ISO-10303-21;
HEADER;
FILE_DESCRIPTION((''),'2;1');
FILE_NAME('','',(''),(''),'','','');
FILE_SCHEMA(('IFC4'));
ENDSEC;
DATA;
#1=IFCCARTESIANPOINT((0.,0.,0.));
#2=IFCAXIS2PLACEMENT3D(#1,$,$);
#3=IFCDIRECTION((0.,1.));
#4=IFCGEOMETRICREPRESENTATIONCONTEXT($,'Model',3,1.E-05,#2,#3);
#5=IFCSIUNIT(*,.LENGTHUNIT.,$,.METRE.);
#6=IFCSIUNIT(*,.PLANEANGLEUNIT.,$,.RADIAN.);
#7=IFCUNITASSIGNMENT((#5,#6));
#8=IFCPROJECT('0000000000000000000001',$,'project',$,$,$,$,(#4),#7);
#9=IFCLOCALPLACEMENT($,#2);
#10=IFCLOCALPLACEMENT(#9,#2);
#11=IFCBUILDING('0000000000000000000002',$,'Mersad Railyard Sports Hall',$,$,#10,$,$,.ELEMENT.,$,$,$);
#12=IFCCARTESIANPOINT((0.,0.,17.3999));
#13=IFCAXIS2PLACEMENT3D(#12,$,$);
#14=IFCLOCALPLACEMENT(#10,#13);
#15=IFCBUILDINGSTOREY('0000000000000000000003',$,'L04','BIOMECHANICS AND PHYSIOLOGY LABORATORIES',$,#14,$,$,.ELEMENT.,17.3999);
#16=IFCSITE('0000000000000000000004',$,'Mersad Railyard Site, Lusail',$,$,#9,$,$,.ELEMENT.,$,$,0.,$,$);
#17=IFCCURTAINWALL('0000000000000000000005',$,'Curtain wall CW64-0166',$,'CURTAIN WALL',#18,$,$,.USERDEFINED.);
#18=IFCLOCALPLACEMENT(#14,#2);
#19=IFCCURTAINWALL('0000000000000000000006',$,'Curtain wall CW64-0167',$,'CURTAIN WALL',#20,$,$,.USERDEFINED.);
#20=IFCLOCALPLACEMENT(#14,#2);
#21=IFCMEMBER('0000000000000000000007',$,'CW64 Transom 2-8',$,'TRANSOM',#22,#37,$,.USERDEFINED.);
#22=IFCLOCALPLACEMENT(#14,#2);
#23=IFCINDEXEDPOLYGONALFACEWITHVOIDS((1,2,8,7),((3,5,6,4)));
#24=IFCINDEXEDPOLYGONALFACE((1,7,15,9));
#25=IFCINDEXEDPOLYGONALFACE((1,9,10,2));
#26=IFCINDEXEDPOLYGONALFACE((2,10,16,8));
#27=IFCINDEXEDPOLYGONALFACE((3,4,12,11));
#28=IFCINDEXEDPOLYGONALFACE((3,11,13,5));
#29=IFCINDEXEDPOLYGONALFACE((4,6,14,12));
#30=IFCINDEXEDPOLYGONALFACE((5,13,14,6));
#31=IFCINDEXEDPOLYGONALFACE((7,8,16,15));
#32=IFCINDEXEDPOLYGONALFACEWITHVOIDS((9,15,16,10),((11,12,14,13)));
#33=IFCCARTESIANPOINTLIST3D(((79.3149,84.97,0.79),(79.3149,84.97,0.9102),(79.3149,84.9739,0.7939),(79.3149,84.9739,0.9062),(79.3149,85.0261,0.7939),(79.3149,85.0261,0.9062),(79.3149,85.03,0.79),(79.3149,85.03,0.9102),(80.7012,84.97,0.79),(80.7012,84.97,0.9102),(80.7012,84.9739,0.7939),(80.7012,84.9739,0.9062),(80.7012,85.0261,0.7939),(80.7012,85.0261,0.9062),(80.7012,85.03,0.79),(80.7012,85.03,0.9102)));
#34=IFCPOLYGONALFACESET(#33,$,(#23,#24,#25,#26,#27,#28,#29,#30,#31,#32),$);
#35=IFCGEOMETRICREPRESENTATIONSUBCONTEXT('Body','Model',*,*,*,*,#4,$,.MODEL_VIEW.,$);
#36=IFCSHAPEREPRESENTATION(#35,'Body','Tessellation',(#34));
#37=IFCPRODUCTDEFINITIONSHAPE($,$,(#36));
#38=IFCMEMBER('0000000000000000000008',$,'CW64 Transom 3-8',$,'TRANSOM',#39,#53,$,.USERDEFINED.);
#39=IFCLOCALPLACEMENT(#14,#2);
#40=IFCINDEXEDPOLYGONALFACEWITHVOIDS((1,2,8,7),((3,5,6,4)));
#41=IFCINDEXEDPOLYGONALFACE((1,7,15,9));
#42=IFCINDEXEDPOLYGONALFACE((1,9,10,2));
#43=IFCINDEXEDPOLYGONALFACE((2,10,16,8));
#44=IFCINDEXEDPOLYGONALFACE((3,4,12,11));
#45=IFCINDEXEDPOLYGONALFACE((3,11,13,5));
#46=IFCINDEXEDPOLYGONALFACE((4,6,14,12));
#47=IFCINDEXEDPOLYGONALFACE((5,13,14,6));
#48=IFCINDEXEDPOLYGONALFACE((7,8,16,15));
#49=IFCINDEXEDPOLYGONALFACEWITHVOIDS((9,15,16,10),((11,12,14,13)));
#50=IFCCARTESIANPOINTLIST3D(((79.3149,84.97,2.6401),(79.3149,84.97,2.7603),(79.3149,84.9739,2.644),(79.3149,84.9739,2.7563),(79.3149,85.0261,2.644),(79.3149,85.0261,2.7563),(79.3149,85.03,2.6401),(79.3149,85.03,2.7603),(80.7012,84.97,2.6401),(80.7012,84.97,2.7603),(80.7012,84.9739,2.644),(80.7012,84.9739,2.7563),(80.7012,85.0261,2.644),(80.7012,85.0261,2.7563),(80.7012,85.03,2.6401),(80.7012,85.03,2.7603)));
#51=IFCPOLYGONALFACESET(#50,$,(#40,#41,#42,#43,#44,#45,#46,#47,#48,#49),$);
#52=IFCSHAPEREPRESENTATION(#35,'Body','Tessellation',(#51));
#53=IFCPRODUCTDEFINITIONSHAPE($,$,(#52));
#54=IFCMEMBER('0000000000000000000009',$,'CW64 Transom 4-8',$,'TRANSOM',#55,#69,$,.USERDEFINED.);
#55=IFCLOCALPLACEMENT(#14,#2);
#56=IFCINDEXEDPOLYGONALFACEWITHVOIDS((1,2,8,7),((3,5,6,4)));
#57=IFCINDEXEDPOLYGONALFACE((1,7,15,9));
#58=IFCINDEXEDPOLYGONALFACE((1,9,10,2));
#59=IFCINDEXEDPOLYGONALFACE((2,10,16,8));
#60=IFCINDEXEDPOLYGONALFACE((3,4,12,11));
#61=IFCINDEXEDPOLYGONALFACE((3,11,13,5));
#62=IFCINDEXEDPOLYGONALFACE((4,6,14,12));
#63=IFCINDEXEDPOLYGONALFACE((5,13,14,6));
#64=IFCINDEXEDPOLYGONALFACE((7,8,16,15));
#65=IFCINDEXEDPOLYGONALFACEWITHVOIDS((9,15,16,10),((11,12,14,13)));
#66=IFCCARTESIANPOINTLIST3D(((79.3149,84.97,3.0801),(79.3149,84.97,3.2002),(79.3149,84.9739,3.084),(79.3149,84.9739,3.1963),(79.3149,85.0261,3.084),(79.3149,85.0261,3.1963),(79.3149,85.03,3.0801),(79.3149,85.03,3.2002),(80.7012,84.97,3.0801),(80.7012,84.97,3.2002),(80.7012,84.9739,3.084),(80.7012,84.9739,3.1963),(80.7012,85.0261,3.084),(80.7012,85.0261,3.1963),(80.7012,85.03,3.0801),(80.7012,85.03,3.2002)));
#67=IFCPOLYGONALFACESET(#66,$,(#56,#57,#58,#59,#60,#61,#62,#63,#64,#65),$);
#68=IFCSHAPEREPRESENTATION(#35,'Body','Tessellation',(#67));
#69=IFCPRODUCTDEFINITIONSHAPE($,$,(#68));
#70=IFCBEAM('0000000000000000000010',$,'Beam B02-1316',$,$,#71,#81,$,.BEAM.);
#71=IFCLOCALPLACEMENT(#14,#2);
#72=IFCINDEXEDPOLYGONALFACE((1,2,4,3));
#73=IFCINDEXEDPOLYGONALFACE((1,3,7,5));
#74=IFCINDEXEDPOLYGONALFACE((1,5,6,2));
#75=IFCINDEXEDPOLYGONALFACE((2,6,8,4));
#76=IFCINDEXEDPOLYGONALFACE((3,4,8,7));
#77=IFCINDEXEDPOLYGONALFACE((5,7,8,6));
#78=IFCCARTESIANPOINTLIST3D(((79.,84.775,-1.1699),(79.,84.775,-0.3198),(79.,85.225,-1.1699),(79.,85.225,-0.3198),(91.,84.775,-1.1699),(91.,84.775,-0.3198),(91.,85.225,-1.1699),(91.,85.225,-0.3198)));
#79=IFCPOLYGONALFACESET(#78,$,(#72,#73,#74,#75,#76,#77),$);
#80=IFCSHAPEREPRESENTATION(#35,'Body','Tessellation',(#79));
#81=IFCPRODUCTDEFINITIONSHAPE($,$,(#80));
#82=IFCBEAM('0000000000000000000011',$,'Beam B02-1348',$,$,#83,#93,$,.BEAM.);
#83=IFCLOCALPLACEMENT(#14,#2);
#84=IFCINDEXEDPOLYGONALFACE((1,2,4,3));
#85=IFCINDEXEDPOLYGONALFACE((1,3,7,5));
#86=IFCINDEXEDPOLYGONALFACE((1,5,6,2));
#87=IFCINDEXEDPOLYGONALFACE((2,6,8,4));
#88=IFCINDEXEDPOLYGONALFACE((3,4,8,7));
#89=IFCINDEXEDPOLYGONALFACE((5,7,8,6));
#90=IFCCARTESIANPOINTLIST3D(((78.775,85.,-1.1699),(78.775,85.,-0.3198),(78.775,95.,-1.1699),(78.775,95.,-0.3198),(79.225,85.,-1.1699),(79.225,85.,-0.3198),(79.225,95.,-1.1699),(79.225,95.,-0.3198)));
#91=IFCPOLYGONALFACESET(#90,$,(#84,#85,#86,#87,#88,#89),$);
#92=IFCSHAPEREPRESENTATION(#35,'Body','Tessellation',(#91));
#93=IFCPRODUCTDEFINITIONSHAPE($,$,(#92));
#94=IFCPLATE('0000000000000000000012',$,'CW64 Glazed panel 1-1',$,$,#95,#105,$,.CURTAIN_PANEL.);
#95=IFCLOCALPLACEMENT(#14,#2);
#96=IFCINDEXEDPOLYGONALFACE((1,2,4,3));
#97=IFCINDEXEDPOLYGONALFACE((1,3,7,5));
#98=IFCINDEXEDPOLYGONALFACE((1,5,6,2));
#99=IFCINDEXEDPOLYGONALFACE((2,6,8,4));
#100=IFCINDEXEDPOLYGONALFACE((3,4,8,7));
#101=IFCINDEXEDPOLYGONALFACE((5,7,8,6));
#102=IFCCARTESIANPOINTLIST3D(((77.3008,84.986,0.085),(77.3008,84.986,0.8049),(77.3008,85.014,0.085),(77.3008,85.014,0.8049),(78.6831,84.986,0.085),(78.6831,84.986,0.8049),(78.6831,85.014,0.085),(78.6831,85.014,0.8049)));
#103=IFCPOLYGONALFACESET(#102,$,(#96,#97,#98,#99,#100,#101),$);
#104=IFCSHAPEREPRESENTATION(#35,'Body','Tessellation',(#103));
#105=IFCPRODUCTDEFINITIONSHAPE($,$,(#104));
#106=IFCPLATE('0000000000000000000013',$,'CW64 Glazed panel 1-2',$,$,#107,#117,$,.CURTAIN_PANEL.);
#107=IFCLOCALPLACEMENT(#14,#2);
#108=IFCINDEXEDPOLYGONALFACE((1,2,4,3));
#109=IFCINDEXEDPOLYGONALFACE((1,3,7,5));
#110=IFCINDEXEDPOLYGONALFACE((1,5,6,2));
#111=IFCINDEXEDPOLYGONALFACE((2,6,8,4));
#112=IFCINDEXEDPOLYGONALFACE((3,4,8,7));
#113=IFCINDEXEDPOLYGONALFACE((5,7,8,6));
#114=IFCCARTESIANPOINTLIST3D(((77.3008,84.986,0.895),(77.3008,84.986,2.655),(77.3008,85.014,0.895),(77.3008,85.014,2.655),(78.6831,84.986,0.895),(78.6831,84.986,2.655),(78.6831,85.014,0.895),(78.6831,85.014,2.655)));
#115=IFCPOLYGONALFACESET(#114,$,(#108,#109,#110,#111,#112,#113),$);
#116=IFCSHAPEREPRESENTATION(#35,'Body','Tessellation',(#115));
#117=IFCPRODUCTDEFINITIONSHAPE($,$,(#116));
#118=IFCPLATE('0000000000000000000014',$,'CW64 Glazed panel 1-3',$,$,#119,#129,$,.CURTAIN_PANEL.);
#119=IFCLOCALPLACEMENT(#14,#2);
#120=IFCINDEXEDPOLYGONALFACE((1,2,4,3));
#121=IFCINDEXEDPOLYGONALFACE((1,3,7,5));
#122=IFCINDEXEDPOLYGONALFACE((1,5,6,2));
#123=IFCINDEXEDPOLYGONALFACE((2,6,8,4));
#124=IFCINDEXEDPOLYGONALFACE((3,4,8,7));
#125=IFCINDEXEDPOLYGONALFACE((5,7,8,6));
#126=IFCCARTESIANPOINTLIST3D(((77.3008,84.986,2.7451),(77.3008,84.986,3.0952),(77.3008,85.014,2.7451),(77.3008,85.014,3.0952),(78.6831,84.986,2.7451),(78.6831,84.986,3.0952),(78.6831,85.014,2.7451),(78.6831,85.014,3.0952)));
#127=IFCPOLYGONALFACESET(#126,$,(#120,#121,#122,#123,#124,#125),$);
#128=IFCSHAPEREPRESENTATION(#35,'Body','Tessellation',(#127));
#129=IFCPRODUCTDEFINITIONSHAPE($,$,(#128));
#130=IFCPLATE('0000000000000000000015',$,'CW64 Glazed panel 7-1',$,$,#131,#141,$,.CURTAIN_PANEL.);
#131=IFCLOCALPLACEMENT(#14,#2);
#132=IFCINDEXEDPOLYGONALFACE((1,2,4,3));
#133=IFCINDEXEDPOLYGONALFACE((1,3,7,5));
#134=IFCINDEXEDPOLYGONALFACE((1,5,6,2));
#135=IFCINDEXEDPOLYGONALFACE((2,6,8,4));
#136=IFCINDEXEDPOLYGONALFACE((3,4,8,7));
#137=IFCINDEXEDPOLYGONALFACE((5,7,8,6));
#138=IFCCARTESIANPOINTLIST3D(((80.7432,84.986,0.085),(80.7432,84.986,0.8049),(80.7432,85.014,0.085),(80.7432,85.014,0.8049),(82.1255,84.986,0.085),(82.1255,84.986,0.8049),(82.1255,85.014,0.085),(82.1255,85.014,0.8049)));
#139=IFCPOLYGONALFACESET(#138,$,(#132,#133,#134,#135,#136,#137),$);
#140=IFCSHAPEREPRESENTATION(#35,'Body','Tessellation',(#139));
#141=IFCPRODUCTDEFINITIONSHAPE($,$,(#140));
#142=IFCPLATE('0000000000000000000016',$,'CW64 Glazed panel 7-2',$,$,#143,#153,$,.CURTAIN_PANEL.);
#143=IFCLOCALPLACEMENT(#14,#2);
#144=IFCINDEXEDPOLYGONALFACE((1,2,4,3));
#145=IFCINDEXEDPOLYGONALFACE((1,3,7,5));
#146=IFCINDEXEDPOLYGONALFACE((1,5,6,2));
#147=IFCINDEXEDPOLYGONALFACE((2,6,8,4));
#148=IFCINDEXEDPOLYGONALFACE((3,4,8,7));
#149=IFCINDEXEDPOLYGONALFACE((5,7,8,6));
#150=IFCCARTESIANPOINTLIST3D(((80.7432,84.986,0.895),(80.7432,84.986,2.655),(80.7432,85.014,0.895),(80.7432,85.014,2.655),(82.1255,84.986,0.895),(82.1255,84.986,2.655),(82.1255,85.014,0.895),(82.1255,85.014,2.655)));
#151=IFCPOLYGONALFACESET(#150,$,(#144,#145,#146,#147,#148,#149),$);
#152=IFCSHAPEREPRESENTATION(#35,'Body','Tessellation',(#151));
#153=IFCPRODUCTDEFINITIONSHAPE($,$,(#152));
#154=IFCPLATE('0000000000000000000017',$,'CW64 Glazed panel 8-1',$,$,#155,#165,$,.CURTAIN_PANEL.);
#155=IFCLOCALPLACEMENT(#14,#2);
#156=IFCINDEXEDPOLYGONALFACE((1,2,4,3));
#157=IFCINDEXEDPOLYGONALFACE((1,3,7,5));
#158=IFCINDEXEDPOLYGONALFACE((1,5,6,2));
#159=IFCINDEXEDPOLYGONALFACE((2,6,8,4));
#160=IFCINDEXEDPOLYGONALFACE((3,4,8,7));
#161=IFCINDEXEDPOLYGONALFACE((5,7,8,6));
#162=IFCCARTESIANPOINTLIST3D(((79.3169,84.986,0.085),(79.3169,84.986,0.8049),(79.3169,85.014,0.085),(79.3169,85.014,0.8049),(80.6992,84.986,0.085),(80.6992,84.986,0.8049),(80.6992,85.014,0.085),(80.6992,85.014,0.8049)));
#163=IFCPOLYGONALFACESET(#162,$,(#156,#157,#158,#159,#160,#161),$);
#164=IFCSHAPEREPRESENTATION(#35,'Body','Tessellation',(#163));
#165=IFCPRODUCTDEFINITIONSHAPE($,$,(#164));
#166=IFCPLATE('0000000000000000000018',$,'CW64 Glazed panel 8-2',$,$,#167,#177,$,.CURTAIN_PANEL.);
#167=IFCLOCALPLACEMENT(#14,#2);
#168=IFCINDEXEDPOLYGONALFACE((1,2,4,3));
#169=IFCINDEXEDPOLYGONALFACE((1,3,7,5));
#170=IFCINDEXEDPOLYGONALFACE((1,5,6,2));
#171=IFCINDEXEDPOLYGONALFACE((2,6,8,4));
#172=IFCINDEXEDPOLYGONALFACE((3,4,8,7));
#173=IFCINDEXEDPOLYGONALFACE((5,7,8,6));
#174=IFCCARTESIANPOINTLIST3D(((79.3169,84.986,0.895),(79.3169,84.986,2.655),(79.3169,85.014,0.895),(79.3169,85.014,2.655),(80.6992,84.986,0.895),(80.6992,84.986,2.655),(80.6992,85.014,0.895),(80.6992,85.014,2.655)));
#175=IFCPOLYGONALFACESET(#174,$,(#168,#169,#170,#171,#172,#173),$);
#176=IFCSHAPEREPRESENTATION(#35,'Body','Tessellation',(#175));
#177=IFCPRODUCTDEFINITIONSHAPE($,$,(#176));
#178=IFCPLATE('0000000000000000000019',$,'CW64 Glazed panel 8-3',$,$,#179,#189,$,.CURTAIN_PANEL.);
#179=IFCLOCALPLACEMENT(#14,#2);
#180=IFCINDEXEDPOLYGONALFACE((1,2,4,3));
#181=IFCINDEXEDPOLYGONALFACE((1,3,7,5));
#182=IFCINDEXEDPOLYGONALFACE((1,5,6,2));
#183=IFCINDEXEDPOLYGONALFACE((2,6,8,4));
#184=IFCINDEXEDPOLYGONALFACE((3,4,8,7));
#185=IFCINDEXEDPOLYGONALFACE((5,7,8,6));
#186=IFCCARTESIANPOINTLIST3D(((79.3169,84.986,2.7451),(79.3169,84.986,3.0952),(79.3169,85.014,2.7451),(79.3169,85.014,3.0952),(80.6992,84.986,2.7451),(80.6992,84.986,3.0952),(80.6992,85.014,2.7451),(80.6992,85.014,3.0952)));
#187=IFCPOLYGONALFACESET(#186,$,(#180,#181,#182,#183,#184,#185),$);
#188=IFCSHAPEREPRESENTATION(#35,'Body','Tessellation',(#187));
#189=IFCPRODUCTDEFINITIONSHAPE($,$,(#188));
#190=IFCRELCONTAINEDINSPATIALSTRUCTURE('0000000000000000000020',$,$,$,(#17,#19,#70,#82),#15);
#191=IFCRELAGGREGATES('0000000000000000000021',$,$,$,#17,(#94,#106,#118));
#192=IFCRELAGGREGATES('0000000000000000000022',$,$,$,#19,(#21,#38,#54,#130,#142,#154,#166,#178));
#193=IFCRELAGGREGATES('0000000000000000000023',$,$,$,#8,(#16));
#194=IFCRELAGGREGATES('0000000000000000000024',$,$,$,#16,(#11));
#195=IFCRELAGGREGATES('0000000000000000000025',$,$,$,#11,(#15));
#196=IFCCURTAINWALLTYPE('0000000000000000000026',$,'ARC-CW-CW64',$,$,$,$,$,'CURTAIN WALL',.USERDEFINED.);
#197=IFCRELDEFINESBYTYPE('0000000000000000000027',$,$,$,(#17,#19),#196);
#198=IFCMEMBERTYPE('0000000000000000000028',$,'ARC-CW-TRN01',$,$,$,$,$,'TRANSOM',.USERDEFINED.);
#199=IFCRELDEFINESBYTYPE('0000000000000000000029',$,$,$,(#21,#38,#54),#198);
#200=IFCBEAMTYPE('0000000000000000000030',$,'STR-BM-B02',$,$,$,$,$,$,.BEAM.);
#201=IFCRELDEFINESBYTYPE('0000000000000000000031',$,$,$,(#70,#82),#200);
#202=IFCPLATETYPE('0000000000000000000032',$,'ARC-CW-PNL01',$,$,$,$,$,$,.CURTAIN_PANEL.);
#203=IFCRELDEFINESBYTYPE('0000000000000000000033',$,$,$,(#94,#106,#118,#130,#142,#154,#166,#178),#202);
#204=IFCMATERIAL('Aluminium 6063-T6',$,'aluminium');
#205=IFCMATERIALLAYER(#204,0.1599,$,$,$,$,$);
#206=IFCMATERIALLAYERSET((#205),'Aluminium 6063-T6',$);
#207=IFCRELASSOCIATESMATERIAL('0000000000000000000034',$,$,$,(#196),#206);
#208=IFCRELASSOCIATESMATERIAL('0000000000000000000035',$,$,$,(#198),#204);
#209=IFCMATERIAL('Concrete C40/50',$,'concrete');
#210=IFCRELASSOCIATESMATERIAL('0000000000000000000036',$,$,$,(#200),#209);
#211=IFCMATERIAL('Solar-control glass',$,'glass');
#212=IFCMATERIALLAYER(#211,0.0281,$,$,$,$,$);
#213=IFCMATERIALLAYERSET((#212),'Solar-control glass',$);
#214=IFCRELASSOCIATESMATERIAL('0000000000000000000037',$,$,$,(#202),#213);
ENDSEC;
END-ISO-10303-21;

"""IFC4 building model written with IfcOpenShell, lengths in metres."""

from ifc_helpers import new_model, si_unit, direction, frame, origin, origin_2d, place, context, subcontext, project, spatial, rectangle, hollow_rectangle, extrude, material, layer, layer_set, material_profile, profile_set, type_object, element, aggregate, save


model = new_model("IFC4")

# Units and contexts
model_context = context("Model", 3, precision=1e-05, world=origin(), true_north=direction((0.0, 1.0)))
body_context = subcontext(model_context, "Body", "Model", "MODEL_VIEW")
ifc_project = project(units=[si_unit("LENGTHUNIT", "METRE"), si_unit("PLANEANGLEUNIT", "RADIAN")], contexts=[model_context])

# Site, building, storey
site_placement = place(None, origin())
site = spatial("IfcSite", under=ifc_project, at=site_placement, Name="Mersad Railyard Site, Lusail", CompositionType="ELEMENT", RefElevation=0.0)
building_placement = place(site_placement, origin())
building = spatial("IfcBuilding", under=site, at=building_placement, Name="Mersad Railyard Sports Hall", CompositionType="ELEMENT")
storey_placement = place(building_placement, frame((0.0, 0.0, 17.3999)))
storey = spatial("IfcBuildingStorey", under=building, at=storey_placement, Name="L04", Description="BIOMECHANICS AND PHYSIOLOGY LABORATORIES", CompositionType="ELEMENT", Elevation=17.3999)

# Shared definitions
ifc_material_1 = material(Name="Concrete C40/50", Category="concrete")

# Curtain walls
ifc_material_2 = material(Name="Aluminium 6063-T6", Category="aluminium")
ifc_layer_1 = layer(ifc_material_2, 0.1599)
ifc_layer_set_1 = layer_set([ifc_layer_1], Name="Aluminium 6063-T6")
curtain_wall_type = type_object("IfcCurtainWallType", Name="ARC-CW-CW64", ElementType="CURTAIN WALL", PredefinedType="USERDEFINED", material=ifc_layer_set_1)
curtain_wall_1_placement = place(storey_placement, origin())
curtain_wall_1 = element("IfcCurtainWall", 1, at=curtain_wall_1_placement, inside=storey, type_object=curtain_wall_type, Name="Curtain wall CW64-0166", ObjectType="CURTAIN WALL", PredefinedType="USERDEFINED")
curtain_wall_2_placement = place(storey_placement, origin())
curtain_wall_2 = element("IfcCurtainWall", 2, at=curtain_wall_2_placement, inside=storey, type_object=curtain_wall_type, Name="Curtain wall CW64-0167", ObjectType="CURTAIN WALL", PredefinedType="USERDEFINED")

# Members
ifc_material_profile_1 = material_profile(ifc_material_2, hollow_rectangle(XDim=0.0601, YDim=0.1201, WallThickness=0.0039, at=origin_2d()), Name="AL TRANSOM 60x120x4")
ifc_profile_set_1 = profile_set([ifc_material_profile_1], Name="Aluminium 6063-T6")
member_type_1 = type_object("IfcMemberType", Name="ARC-CW-TRN01", ElementType="TRANSOM", PredefinedType="USERDEFINED", material=ifc_profile_set_1)
member_1_placement = place(storey_placement, frame((80.7012, 85.0, 0.8501), z_axis=(-1.0, 0.0, 0.0), x_axis=(0.0, -1.0, 0.0)))
member_1 = element("IfcMember", 3, at=member_1_placement, type_object=member_type_1, Name="CW64 Transom 2-8", ObjectType="TRANSOM", PredefinedType="USERDEFINED", context=body_context, shape_type="SweptSolid", body=[
    extrude(hollow_rectangle(XDim=0.0601, YDim=0.1201, WallThickness=0.0039, at=origin_2d()), origin(), (0.0, 0.0, 1.0), 1.3862),
])
member_2_placement = place(storey_placement, frame((80.7012, 85.0, 2.7002), z_axis=(-1.0, 0.0, 0.0), x_axis=(0.0, -1.0, 0.0)))
member_2 = element("IfcMember", 4, at=member_2_placement, type_object=member_type_1, Name="CW64 Transom 3-8", ObjectType="TRANSOM", PredefinedType="USERDEFINED", context=body_context, shape_type="SweptSolid", body=[
    extrude(hollow_rectangle(XDim=0.0601, YDim=0.1201, WallThickness=0.0039, at=origin_2d()), origin(), (0.0, 0.0, 1.0), 1.3862),
])
member_3_placement = place(storey_placement, frame((80.7012, 85.0, 3.1401), z_axis=(-1.0, 0.0, 0.0), x_axis=(0.0, -1.0, 0.0)))
member_3 = element("IfcMember", 5, at=member_3_placement, type_object=member_type_1, Name="CW64 Transom 4-8", ObjectType="TRANSOM", PredefinedType="USERDEFINED", context=body_context, shape_type="SweptSolid", body=[
    extrude(hollow_rectangle(XDim=0.0601, YDim=0.1201, WallThickness=0.0039, at=origin_2d()), origin(), (0.0, 0.0, 1.0), 1.3862),
])

# Beams
ifc_material_profile_2 = material_profile(ifc_material_1, rectangle(XDim=0.45, YDim=0.8501, at=origin_2d()), Name="RC 450x850")
ifc_profile_set_2 = profile_set([ifc_material_profile_2], Name="Concrete C40/50")
beam_type = type_object("IfcBeamType", Name="STR-BM-B02", PredefinedType="BEAM", material=ifc_profile_set_2)
beam_1_placement = place(storey_placement, frame((79.0, 85.0, -0.7449), z_axis=(1.0, 0.0, 0.0), x_axis=(0.0, 1.0, 0.0)))
element("IfcBeam", 6, at=beam_1_placement, inside=storey, type_object=beam_type, Name="Beam B02-1316", PredefinedType="BEAM", context=body_context, shape_type="SweptSolid", body=[
    extrude(rectangle(XDim=0.45, YDim=0.8501, at=origin_2d()), origin(), (0.0, 0.0, 1.0), 12.0),
])
beam_2_placement = place(storey_placement, frame((79.0, 85.0, -0.7449), z_axis=(0.0, 1.0, 0.0), x_axis=(-1.0, 0.0, 0.0)))
element("IfcBeam", 7, at=beam_2_placement, inside=storey, type_object=beam_type, Name="Beam B02-1348", PredefinedType="BEAM", context=body_context, shape_type="SweptSolid", body=[
    extrude(rectangle(XDim=0.45, YDim=0.8501, at=origin_2d()), origin(), (0.0, 0.0, 1.0), 10.0),
])

# Plates
ifc_material_3 = material(Name="Solar-control glass", Category="glass")
ifc_layer_2 = layer(ifc_material_3, 0.0281)
ifc_layer_set_2 = layer_set([ifc_layer_2], Name="Solar-control glass")
plate_type = type_object("IfcPlateType", Name="ARC-CW-PNL01", PredefinedType="CURTAIN_PANEL", material=ifc_layer_set_2)
plate_1_placement = place(storey_placement, frame((77.9919, 85.0, 0.085), z_axis=(0.0, 0.0, 1.0), x_axis=(-1.0, 0.0, 0.0)))
plate_1 = element("IfcPlate", 8, at=plate_1_placement, type_object=plate_type, Name="CW64 Glazed panel 1-1", PredefinedType="CURTAIN_PANEL", context=body_context, shape_type="SweptSolid", body=[
    extrude(rectangle(XDim=1.3823, YDim=0.0281, at=origin_2d()), origin(), (0.0, 0.0, 1.0), 0.72),
])
plate_2_placement = place(storey_placement, frame((77.9919, 85.0, 0.895), z_axis=(0.0, 0.0, 1.0), x_axis=(-1.0, 0.0, 0.0)))
plate_2 = element("IfcPlate", 9, at=plate_2_placement, type_object=plate_type, Name="CW64 Glazed panel 1-2", PredefinedType="CURTAIN_PANEL", context=body_context, shape_type="SweptSolid", body=[
    extrude(rectangle(XDim=1.3823, YDim=0.0281, at=origin_2d()), origin(), (0.0, 0.0, 1.0), 1.76),
])
plate_3_placement = place(storey_placement, frame((77.9919, 85.0, 2.7451), z_axis=(0.0, 0.0, 1.0), x_axis=(-1.0, 0.0, 0.0)))
plate_3 = element("IfcPlate", 10, at=plate_3_placement, type_object=plate_type, Name="CW64 Glazed panel 1-3", PredefinedType="CURTAIN_PANEL", context=body_context, shape_type="SweptSolid", body=[
    extrude(rectangle(XDim=1.3823, YDim=0.0281, at=origin_2d()), origin(), (0.0, 0.0, 1.0), 0.3501),
])
aggregate(curtain_wall_1, [plate_1, plate_2, plate_3])
plate_4_placement = place(storey_placement, frame((81.4343, 85.0, 0.085), z_axis=(0.0, 0.0, 1.0), x_axis=(-1.0, 0.0, 0.0)))
plate_4 = element("IfcPlate", 11, at=plate_4_placement, type_object=plate_type, Name="CW64 Glazed panel 7-1", PredefinedType="CURTAIN_PANEL", context=body_context, shape_type="SweptSolid", body=[
    extrude(rectangle(XDim=1.3823, YDim=0.0281, at=origin_2d()), origin(), (0.0, 0.0, 1.0), 0.72),
])
plate_5_placement = place(storey_placement, frame((81.4343, 85.0, 0.895), z_axis=(0.0, 0.0, 1.0), x_axis=(-1.0, 0.0, 0.0)))
plate_5 = element("IfcPlate", 12, at=plate_5_placement, type_object=plate_type, Name="CW64 Glazed panel 7-2", PredefinedType="CURTAIN_PANEL", context=body_context, shape_type="SweptSolid", body=[
    extrude(rectangle(XDim=1.3823, YDim=0.0281, at=origin_2d()), origin(), (0.0, 0.0, 1.0), 1.76),
])
plate_6_placement = place(storey_placement, frame((80.0081, 85.0, 0.085), z_axis=(0.0, 0.0, 1.0), x_axis=(-1.0, 0.0, 0.0)))
plate_6 = element("IfcPlate", 13, at=plate_6_placement, type_object=plate_type, Name="CW64 Glazed panel 8-1", PredefinedType="CURTAIN_PANEL", context=body_context, shape_type="SweptSolid", body=[
    extrude(rectangle(XDim=1.3823, YDim=0.0281, at=origin_2d()), origin(), (0.0, 0.0, 1.0), 0.72),
])
plate_7_placement = place(storey_placement, frame((80.0081, 85.0, 0.895), z_axis=(0.0, 0.0, 1.0), x_axis=(-1.0, 0.0, 0.0)))
plate_7 = element("IfcPlate", 14, at=plate_7_placement, type_object=plate_type, Name="CW64 Glazed panel 8-2", PredefinedType="CURTAIN_PANEL", context=body_context, shape_type="SweptSolid", body=[
    extrude(rectangle(XDim=1.3823, YDim=0.0281, at=origin_2d()), origin(), (0.0, 0.0, 1.0), 1.76),
])
plate_8_placement = place(storey_placement, frame((80.0081, 85.0, 2.7451), z_axis=(0.0, 0.0, 1.0), x_axis=(-1.0, 0.0, 0.0)))
plate_8 = element("IfcPlate", 15, at=plate_8_placement, type_object=plate_type, Name="CW64 Glazed panel 8-3", PredefinedType="CURTAIN_PANEL", context=body_context, shape_type="SweptSolid", body=[
    extrude(rectangle(XDim=1.3823, YDim=0.0281, at=origin_2d()), origin(), (0.0, 0.0, 1.0), 0.3501),
])
aggregate(curtain_wall_2, [member_1, member_2, member_3, plate_4, plate_5, plate_6, plate_7, plate_8])

save(model, "model.ifc")
